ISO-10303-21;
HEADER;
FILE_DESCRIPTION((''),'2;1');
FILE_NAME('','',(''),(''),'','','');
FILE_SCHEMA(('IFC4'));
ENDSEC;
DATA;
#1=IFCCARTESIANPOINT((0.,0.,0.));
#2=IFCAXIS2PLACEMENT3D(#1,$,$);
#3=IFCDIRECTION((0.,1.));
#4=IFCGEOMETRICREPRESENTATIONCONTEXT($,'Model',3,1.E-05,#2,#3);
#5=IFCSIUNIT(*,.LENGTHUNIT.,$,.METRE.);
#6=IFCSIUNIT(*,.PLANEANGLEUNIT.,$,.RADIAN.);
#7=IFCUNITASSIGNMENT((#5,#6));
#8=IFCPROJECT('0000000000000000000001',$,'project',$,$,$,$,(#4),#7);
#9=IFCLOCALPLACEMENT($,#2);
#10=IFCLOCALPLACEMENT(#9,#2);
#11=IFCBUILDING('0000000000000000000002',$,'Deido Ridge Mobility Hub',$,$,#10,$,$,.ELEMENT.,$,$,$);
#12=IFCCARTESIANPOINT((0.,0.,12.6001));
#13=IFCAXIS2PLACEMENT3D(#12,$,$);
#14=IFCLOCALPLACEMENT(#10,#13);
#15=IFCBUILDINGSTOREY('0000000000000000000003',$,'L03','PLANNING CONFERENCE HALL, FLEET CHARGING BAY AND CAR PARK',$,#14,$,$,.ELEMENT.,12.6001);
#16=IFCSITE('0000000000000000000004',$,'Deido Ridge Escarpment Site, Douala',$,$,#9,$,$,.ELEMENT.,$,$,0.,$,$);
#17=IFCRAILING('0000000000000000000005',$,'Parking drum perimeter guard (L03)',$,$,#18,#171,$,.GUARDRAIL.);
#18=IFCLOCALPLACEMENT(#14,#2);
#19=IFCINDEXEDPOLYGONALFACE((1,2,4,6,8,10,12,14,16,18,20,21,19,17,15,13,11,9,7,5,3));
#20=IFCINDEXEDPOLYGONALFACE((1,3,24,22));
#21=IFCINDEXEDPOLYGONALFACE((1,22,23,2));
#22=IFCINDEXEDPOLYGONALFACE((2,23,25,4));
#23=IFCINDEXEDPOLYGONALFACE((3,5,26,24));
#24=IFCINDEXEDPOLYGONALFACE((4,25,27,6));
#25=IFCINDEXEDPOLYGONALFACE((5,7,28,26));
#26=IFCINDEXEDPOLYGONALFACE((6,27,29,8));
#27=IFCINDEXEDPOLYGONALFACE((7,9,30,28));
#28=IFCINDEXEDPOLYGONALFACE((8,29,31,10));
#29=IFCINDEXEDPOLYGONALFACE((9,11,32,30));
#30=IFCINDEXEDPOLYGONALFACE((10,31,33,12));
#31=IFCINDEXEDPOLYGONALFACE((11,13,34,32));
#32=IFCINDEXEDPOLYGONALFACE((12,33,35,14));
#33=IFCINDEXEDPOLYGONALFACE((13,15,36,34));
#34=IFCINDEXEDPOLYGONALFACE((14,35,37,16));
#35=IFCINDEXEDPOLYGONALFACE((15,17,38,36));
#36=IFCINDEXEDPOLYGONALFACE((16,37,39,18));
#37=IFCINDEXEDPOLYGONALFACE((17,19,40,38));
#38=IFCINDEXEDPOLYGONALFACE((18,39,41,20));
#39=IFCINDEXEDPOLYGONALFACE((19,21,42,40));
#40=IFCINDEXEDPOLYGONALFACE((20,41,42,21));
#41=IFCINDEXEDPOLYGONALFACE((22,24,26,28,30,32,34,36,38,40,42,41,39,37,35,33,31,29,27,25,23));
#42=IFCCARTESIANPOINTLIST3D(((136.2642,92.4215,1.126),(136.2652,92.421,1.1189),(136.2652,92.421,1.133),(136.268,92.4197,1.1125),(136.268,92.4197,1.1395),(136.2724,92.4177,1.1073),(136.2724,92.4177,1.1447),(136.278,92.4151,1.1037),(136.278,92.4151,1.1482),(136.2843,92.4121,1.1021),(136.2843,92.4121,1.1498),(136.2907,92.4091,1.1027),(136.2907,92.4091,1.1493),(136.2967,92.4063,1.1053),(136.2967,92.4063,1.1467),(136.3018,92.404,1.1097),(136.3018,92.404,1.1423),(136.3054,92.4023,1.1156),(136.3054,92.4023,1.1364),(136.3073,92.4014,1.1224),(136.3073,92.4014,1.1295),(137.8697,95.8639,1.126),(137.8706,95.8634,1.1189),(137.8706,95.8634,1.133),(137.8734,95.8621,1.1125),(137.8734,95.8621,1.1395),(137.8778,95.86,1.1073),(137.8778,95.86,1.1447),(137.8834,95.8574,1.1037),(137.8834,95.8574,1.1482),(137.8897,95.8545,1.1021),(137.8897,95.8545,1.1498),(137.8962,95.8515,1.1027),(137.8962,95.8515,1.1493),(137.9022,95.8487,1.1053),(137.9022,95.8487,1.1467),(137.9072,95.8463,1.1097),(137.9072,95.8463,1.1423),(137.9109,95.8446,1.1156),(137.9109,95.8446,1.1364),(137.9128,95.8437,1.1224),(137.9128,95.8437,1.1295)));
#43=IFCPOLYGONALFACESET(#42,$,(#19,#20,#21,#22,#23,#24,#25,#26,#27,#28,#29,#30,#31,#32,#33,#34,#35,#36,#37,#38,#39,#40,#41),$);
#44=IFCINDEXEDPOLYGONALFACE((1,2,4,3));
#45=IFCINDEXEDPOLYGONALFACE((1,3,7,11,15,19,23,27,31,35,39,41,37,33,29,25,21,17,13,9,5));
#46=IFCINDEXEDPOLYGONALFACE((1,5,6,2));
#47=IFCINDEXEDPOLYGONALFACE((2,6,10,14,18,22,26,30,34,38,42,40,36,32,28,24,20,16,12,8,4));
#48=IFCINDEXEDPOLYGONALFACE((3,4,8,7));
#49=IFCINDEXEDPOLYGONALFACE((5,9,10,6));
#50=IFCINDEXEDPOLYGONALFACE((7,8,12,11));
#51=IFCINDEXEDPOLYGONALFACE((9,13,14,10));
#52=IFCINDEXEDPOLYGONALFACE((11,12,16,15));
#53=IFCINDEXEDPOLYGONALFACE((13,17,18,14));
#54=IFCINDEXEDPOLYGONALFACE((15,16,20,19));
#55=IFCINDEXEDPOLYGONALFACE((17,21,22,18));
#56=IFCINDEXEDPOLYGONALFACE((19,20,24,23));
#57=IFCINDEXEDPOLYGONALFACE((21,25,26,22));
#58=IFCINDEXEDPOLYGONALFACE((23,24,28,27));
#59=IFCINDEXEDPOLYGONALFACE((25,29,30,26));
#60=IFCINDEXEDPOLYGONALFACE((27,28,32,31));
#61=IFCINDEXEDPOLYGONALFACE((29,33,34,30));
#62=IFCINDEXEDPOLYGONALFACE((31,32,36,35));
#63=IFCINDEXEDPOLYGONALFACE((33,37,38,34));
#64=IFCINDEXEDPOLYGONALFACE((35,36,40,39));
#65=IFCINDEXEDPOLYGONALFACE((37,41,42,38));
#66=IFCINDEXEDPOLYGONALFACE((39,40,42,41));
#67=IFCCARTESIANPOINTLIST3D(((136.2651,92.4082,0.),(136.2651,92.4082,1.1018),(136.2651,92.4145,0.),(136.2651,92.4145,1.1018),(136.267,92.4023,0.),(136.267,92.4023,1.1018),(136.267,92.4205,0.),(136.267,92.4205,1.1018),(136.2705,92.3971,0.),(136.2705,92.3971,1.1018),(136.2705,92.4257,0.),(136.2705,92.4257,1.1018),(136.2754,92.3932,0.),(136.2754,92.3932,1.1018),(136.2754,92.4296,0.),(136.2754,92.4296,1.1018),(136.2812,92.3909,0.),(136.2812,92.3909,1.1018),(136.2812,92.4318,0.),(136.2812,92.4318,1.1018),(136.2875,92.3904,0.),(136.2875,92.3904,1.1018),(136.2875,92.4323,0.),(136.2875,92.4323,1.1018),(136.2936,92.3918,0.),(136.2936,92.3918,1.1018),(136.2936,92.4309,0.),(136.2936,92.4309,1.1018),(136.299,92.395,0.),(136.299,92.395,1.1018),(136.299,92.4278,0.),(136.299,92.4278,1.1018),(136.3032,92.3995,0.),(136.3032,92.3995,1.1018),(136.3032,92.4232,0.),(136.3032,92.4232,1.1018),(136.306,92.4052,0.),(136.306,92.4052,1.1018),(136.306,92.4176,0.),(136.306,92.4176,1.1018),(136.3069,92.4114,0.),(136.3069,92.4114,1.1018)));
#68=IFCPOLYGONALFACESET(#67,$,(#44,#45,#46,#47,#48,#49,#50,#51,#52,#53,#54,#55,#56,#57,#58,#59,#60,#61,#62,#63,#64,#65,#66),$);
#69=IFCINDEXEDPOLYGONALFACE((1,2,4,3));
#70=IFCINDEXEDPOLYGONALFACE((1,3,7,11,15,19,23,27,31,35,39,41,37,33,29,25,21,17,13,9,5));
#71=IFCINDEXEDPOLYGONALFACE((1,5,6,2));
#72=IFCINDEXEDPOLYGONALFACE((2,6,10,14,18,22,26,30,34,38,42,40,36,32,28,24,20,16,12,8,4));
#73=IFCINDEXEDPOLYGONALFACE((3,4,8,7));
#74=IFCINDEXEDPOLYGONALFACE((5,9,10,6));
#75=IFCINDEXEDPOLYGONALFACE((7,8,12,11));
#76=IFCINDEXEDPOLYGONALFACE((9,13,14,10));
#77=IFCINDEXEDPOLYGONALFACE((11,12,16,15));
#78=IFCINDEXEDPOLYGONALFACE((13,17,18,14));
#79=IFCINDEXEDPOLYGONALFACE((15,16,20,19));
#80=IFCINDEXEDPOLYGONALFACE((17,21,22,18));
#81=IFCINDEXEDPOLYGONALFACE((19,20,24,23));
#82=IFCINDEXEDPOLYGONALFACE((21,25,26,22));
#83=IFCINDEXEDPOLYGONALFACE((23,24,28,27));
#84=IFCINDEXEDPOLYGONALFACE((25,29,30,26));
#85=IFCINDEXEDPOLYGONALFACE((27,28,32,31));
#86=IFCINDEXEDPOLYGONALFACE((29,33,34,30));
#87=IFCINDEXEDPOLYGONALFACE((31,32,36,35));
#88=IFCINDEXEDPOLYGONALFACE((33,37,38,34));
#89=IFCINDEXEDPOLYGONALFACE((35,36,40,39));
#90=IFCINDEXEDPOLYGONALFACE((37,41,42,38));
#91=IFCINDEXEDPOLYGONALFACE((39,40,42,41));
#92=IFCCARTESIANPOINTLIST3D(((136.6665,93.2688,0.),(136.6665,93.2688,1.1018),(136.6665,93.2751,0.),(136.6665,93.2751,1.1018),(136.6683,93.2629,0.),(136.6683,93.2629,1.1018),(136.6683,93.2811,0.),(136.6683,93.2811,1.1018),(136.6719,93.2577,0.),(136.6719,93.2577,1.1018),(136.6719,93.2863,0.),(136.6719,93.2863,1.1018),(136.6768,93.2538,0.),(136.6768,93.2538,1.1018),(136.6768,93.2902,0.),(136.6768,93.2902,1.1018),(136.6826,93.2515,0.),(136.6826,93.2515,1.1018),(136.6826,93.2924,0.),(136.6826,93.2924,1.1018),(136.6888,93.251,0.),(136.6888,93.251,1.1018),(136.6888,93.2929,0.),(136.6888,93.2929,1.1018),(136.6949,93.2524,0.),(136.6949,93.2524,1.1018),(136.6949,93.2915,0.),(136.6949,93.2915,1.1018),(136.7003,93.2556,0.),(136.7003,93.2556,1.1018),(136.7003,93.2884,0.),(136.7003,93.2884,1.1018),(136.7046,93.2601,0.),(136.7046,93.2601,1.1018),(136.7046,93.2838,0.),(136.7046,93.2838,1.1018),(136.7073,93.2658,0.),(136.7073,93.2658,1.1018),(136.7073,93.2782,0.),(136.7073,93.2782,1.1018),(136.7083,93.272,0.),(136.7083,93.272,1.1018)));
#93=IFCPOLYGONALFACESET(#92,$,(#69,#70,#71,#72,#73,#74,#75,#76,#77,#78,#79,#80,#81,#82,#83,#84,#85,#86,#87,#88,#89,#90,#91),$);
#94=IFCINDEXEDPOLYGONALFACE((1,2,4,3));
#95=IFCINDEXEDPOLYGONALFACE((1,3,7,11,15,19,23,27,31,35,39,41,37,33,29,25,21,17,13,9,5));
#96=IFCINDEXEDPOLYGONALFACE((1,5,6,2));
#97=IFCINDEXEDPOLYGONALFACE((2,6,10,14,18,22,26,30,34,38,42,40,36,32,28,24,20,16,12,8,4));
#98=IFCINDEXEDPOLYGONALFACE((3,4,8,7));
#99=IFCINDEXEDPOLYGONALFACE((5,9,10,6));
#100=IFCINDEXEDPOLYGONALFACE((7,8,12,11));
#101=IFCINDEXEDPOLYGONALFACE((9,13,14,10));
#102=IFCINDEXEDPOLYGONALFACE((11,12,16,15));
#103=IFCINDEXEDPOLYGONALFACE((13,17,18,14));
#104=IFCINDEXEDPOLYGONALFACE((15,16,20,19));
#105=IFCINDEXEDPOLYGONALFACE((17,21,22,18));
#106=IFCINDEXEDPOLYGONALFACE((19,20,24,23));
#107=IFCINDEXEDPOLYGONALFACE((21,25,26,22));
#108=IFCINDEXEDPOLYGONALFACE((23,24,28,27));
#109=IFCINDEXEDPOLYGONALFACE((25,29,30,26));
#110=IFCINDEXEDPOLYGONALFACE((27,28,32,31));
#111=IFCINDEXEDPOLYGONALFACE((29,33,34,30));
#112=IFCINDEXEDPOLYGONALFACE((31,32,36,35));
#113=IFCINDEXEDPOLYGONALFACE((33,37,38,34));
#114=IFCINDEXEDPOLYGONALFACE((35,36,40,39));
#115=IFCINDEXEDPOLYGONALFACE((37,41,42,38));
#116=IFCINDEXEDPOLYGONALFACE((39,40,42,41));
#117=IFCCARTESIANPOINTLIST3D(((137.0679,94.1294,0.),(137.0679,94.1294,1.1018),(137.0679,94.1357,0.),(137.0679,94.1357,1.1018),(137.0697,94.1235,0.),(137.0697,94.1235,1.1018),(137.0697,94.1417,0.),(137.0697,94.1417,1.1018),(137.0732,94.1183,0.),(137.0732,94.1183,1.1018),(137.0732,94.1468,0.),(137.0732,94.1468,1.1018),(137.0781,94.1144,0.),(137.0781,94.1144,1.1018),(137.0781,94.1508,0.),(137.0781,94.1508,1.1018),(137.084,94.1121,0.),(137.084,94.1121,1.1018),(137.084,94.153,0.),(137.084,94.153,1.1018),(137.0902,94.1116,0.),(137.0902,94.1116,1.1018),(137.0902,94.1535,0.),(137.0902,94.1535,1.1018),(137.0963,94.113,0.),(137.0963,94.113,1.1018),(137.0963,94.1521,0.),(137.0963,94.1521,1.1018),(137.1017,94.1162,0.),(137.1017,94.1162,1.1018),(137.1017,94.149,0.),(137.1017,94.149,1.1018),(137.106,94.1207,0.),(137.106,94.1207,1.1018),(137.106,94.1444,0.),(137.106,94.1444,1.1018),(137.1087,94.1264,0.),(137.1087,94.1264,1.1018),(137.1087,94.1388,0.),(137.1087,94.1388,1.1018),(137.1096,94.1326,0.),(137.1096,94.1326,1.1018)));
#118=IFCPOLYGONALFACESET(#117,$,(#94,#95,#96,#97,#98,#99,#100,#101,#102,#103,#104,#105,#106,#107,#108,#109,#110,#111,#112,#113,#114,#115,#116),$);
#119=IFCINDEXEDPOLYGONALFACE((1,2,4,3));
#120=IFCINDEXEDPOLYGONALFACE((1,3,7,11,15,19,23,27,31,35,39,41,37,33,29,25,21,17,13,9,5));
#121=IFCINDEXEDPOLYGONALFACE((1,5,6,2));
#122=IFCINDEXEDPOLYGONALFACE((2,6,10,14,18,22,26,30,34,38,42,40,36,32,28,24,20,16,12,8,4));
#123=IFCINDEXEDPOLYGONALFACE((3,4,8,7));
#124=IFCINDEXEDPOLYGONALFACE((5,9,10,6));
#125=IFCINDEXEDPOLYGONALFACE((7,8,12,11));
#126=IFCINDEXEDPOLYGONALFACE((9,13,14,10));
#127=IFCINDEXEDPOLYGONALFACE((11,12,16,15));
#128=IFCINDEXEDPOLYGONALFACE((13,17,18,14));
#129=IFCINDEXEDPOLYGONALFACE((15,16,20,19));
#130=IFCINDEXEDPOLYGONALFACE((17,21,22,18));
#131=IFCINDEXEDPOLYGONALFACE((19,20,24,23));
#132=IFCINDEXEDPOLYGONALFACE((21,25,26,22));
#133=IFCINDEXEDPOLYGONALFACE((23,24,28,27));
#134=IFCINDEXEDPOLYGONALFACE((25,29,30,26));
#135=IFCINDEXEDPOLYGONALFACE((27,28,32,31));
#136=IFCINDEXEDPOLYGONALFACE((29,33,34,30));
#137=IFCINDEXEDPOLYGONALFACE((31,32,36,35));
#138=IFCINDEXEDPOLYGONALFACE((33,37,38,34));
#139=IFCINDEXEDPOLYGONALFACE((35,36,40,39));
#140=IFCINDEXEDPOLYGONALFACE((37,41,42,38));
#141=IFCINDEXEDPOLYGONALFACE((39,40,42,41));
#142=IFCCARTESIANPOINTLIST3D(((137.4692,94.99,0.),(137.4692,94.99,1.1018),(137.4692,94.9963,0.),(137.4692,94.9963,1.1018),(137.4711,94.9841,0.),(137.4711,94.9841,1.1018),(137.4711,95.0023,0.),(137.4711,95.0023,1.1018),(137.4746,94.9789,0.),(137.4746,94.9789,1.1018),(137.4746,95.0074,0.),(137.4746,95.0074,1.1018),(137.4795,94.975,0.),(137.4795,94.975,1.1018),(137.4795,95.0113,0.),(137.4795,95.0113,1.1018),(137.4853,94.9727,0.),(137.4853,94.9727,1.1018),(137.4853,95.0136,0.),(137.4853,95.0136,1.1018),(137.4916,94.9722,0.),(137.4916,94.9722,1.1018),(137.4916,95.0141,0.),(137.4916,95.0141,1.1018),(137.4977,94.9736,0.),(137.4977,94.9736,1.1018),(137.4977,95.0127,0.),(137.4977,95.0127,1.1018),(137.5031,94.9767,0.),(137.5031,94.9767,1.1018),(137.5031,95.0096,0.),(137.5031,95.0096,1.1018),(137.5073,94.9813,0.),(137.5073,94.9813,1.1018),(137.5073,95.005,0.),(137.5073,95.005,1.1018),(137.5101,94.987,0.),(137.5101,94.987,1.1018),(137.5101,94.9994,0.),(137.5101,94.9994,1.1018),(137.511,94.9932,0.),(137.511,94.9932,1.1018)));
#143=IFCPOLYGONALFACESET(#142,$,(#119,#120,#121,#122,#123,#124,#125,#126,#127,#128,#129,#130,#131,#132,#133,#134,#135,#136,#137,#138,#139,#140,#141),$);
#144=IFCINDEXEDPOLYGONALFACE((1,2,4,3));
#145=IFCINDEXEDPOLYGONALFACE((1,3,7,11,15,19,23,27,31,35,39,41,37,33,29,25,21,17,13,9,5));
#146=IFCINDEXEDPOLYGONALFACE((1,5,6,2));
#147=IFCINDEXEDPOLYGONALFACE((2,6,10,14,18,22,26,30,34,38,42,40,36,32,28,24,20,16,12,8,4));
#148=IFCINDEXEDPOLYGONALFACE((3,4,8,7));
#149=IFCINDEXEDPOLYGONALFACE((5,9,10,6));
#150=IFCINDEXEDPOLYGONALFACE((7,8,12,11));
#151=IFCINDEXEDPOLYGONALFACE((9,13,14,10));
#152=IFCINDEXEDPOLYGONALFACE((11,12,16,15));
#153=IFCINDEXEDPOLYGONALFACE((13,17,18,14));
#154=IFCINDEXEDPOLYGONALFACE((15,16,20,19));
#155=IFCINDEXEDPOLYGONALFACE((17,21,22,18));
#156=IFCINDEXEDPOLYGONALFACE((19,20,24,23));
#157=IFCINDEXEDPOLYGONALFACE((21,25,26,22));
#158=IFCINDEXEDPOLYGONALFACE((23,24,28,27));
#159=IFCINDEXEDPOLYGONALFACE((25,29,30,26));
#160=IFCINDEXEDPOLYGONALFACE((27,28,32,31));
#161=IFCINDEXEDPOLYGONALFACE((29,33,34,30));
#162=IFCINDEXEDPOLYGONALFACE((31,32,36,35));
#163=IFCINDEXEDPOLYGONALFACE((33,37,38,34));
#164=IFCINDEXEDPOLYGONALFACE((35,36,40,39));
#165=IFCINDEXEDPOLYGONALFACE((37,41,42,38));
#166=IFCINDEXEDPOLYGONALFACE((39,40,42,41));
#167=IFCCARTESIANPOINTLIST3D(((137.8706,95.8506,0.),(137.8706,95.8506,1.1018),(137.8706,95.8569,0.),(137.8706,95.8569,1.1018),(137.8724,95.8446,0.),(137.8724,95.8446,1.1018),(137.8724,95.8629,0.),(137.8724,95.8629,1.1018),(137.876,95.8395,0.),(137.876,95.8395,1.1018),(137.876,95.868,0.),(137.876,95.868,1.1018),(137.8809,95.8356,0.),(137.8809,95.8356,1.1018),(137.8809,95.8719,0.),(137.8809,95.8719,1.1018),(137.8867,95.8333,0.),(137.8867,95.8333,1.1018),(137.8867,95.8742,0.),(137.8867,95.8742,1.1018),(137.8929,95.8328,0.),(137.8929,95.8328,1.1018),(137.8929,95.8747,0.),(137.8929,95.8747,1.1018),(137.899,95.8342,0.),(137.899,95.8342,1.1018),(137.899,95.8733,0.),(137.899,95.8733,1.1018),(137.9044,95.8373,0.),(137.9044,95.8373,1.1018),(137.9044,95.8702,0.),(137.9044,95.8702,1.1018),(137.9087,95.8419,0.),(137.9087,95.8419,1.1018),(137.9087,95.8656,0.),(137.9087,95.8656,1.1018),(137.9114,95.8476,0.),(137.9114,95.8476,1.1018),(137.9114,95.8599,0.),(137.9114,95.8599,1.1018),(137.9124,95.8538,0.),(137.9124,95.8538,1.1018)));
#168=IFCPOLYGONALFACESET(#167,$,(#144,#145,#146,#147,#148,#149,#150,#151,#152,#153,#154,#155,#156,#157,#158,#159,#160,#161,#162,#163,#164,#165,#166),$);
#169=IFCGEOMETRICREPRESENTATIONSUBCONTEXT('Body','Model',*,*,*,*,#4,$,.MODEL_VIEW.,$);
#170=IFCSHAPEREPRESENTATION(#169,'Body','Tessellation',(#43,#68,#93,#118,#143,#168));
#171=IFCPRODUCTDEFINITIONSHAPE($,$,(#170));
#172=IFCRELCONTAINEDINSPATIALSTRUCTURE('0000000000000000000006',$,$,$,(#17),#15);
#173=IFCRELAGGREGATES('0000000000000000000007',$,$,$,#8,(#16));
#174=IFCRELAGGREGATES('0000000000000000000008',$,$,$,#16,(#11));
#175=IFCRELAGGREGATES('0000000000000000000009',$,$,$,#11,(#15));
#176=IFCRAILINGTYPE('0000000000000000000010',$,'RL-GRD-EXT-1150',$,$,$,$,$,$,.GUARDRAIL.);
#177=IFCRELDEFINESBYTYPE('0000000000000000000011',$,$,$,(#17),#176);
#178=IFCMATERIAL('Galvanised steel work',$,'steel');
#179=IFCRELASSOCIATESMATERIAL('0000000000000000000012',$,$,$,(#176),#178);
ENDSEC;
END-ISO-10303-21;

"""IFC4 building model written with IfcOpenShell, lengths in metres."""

from ifc_helpers import new_model, si_unit, direction, frame, origin, origin_2d, place, context, subcontext, project, spatial, circle, extrude, material, type_object, element, save


model = new_model("IFC4")

# Units and contexts
model_context = context("Model", 3, precision=1e-05, world=origin(), true_north=direction((0.0, 1.0)))
body_context = subcontext(model_context, "Body", "Model", "MODEL_VIEW")
ifc_project = project(units=[si_unit("LENGTHUNIT", "METRE"), si_unit("PLANEANGLEUNIT", "RADIAN")], contexts=[model_context])

# Site, building, storey
site_placement = place(None, origin())
site = spatial("IfcSite", under=ifc_project, at=site_placement, Name="Deido Ridge Escarpment Site, Douala", CompositionType="ELEMENT", RefElevation=0.0)
building_placement = place(site_placement, origin())
building = spatial("IfcBuilding", under=site, at=building_placement, Name="Deido Ridge Mobility Hub", CompositionType="ELEMENT")
storey_placement = place(building_placement, frame((0.0, 0.0, 12.6001)))
storey = spatial("IfcBuildingStorey", under=building, at=storey_placement, Name="L03", Description="PLANNING CONFERENCE HALL, FLEET CHARGING BAY AND CAR PARK", CompositionType="ELEMENT", Elevation=12.6001)

# Railing
ifc_material_1 = material(Name="Galvanised steel work", Category="steel")
railing_type = type_object("IfcRailingType", Name="RL-GRD-EXT-1150", PredefinedType="GUARDRAIL", material=ifc_material_1)
railing_1_placement = place(storey_placement, frame((136.2859, 92.4114, 0.0)))
element("IfcRailing", 1, at=railing_1_placement, inside=storey, type_object=railing_type, Name="Parking drum perimeter guard (L03)", PredefinedType="GUARDRAIL", context=body_context, shape_type="SweptSolid", body=[
    extrude(circle(Radius=0.0239, at=origin_2d()), frame((0.0, 0.0, 1.126), z_axis=(0.422674, 0.906282, 0.0), x_axis=(-0.906282, 0.422674, 0.0)), (0.0, 0.0, 1.0), 3.7983),
    extrude(circle(Radius=0.021, at=origin_2d()), origin(), (0.0, 0.0, 1.0), 1.1018),
    extrude(circle(Radius=0.021, at=origin_2d()), frame((0.4014, 0.8606, 0.0)), (0.0, 0.0, 1.0), 1.1018),
    extrude(circle(Radius=0.021, at=origin_2d()), frame((0.8027, 1.7212, 0.0)), (0.0, 0.0, 1.0), 1.1018),
    extrude(circle(Radius=0.021, at=origin_2d()), frame((1.2041, 2.5818, 0.0)), (0.0, 0.0, 1.0), 1.1018),
    extrude(circle(Radius=0.021, at=origin_2d()), frame((1.6055, 3.4424, 0.0)), (0.0, 0.0, 1.0), 1.1018),
])

save(model, "model.ifc")
